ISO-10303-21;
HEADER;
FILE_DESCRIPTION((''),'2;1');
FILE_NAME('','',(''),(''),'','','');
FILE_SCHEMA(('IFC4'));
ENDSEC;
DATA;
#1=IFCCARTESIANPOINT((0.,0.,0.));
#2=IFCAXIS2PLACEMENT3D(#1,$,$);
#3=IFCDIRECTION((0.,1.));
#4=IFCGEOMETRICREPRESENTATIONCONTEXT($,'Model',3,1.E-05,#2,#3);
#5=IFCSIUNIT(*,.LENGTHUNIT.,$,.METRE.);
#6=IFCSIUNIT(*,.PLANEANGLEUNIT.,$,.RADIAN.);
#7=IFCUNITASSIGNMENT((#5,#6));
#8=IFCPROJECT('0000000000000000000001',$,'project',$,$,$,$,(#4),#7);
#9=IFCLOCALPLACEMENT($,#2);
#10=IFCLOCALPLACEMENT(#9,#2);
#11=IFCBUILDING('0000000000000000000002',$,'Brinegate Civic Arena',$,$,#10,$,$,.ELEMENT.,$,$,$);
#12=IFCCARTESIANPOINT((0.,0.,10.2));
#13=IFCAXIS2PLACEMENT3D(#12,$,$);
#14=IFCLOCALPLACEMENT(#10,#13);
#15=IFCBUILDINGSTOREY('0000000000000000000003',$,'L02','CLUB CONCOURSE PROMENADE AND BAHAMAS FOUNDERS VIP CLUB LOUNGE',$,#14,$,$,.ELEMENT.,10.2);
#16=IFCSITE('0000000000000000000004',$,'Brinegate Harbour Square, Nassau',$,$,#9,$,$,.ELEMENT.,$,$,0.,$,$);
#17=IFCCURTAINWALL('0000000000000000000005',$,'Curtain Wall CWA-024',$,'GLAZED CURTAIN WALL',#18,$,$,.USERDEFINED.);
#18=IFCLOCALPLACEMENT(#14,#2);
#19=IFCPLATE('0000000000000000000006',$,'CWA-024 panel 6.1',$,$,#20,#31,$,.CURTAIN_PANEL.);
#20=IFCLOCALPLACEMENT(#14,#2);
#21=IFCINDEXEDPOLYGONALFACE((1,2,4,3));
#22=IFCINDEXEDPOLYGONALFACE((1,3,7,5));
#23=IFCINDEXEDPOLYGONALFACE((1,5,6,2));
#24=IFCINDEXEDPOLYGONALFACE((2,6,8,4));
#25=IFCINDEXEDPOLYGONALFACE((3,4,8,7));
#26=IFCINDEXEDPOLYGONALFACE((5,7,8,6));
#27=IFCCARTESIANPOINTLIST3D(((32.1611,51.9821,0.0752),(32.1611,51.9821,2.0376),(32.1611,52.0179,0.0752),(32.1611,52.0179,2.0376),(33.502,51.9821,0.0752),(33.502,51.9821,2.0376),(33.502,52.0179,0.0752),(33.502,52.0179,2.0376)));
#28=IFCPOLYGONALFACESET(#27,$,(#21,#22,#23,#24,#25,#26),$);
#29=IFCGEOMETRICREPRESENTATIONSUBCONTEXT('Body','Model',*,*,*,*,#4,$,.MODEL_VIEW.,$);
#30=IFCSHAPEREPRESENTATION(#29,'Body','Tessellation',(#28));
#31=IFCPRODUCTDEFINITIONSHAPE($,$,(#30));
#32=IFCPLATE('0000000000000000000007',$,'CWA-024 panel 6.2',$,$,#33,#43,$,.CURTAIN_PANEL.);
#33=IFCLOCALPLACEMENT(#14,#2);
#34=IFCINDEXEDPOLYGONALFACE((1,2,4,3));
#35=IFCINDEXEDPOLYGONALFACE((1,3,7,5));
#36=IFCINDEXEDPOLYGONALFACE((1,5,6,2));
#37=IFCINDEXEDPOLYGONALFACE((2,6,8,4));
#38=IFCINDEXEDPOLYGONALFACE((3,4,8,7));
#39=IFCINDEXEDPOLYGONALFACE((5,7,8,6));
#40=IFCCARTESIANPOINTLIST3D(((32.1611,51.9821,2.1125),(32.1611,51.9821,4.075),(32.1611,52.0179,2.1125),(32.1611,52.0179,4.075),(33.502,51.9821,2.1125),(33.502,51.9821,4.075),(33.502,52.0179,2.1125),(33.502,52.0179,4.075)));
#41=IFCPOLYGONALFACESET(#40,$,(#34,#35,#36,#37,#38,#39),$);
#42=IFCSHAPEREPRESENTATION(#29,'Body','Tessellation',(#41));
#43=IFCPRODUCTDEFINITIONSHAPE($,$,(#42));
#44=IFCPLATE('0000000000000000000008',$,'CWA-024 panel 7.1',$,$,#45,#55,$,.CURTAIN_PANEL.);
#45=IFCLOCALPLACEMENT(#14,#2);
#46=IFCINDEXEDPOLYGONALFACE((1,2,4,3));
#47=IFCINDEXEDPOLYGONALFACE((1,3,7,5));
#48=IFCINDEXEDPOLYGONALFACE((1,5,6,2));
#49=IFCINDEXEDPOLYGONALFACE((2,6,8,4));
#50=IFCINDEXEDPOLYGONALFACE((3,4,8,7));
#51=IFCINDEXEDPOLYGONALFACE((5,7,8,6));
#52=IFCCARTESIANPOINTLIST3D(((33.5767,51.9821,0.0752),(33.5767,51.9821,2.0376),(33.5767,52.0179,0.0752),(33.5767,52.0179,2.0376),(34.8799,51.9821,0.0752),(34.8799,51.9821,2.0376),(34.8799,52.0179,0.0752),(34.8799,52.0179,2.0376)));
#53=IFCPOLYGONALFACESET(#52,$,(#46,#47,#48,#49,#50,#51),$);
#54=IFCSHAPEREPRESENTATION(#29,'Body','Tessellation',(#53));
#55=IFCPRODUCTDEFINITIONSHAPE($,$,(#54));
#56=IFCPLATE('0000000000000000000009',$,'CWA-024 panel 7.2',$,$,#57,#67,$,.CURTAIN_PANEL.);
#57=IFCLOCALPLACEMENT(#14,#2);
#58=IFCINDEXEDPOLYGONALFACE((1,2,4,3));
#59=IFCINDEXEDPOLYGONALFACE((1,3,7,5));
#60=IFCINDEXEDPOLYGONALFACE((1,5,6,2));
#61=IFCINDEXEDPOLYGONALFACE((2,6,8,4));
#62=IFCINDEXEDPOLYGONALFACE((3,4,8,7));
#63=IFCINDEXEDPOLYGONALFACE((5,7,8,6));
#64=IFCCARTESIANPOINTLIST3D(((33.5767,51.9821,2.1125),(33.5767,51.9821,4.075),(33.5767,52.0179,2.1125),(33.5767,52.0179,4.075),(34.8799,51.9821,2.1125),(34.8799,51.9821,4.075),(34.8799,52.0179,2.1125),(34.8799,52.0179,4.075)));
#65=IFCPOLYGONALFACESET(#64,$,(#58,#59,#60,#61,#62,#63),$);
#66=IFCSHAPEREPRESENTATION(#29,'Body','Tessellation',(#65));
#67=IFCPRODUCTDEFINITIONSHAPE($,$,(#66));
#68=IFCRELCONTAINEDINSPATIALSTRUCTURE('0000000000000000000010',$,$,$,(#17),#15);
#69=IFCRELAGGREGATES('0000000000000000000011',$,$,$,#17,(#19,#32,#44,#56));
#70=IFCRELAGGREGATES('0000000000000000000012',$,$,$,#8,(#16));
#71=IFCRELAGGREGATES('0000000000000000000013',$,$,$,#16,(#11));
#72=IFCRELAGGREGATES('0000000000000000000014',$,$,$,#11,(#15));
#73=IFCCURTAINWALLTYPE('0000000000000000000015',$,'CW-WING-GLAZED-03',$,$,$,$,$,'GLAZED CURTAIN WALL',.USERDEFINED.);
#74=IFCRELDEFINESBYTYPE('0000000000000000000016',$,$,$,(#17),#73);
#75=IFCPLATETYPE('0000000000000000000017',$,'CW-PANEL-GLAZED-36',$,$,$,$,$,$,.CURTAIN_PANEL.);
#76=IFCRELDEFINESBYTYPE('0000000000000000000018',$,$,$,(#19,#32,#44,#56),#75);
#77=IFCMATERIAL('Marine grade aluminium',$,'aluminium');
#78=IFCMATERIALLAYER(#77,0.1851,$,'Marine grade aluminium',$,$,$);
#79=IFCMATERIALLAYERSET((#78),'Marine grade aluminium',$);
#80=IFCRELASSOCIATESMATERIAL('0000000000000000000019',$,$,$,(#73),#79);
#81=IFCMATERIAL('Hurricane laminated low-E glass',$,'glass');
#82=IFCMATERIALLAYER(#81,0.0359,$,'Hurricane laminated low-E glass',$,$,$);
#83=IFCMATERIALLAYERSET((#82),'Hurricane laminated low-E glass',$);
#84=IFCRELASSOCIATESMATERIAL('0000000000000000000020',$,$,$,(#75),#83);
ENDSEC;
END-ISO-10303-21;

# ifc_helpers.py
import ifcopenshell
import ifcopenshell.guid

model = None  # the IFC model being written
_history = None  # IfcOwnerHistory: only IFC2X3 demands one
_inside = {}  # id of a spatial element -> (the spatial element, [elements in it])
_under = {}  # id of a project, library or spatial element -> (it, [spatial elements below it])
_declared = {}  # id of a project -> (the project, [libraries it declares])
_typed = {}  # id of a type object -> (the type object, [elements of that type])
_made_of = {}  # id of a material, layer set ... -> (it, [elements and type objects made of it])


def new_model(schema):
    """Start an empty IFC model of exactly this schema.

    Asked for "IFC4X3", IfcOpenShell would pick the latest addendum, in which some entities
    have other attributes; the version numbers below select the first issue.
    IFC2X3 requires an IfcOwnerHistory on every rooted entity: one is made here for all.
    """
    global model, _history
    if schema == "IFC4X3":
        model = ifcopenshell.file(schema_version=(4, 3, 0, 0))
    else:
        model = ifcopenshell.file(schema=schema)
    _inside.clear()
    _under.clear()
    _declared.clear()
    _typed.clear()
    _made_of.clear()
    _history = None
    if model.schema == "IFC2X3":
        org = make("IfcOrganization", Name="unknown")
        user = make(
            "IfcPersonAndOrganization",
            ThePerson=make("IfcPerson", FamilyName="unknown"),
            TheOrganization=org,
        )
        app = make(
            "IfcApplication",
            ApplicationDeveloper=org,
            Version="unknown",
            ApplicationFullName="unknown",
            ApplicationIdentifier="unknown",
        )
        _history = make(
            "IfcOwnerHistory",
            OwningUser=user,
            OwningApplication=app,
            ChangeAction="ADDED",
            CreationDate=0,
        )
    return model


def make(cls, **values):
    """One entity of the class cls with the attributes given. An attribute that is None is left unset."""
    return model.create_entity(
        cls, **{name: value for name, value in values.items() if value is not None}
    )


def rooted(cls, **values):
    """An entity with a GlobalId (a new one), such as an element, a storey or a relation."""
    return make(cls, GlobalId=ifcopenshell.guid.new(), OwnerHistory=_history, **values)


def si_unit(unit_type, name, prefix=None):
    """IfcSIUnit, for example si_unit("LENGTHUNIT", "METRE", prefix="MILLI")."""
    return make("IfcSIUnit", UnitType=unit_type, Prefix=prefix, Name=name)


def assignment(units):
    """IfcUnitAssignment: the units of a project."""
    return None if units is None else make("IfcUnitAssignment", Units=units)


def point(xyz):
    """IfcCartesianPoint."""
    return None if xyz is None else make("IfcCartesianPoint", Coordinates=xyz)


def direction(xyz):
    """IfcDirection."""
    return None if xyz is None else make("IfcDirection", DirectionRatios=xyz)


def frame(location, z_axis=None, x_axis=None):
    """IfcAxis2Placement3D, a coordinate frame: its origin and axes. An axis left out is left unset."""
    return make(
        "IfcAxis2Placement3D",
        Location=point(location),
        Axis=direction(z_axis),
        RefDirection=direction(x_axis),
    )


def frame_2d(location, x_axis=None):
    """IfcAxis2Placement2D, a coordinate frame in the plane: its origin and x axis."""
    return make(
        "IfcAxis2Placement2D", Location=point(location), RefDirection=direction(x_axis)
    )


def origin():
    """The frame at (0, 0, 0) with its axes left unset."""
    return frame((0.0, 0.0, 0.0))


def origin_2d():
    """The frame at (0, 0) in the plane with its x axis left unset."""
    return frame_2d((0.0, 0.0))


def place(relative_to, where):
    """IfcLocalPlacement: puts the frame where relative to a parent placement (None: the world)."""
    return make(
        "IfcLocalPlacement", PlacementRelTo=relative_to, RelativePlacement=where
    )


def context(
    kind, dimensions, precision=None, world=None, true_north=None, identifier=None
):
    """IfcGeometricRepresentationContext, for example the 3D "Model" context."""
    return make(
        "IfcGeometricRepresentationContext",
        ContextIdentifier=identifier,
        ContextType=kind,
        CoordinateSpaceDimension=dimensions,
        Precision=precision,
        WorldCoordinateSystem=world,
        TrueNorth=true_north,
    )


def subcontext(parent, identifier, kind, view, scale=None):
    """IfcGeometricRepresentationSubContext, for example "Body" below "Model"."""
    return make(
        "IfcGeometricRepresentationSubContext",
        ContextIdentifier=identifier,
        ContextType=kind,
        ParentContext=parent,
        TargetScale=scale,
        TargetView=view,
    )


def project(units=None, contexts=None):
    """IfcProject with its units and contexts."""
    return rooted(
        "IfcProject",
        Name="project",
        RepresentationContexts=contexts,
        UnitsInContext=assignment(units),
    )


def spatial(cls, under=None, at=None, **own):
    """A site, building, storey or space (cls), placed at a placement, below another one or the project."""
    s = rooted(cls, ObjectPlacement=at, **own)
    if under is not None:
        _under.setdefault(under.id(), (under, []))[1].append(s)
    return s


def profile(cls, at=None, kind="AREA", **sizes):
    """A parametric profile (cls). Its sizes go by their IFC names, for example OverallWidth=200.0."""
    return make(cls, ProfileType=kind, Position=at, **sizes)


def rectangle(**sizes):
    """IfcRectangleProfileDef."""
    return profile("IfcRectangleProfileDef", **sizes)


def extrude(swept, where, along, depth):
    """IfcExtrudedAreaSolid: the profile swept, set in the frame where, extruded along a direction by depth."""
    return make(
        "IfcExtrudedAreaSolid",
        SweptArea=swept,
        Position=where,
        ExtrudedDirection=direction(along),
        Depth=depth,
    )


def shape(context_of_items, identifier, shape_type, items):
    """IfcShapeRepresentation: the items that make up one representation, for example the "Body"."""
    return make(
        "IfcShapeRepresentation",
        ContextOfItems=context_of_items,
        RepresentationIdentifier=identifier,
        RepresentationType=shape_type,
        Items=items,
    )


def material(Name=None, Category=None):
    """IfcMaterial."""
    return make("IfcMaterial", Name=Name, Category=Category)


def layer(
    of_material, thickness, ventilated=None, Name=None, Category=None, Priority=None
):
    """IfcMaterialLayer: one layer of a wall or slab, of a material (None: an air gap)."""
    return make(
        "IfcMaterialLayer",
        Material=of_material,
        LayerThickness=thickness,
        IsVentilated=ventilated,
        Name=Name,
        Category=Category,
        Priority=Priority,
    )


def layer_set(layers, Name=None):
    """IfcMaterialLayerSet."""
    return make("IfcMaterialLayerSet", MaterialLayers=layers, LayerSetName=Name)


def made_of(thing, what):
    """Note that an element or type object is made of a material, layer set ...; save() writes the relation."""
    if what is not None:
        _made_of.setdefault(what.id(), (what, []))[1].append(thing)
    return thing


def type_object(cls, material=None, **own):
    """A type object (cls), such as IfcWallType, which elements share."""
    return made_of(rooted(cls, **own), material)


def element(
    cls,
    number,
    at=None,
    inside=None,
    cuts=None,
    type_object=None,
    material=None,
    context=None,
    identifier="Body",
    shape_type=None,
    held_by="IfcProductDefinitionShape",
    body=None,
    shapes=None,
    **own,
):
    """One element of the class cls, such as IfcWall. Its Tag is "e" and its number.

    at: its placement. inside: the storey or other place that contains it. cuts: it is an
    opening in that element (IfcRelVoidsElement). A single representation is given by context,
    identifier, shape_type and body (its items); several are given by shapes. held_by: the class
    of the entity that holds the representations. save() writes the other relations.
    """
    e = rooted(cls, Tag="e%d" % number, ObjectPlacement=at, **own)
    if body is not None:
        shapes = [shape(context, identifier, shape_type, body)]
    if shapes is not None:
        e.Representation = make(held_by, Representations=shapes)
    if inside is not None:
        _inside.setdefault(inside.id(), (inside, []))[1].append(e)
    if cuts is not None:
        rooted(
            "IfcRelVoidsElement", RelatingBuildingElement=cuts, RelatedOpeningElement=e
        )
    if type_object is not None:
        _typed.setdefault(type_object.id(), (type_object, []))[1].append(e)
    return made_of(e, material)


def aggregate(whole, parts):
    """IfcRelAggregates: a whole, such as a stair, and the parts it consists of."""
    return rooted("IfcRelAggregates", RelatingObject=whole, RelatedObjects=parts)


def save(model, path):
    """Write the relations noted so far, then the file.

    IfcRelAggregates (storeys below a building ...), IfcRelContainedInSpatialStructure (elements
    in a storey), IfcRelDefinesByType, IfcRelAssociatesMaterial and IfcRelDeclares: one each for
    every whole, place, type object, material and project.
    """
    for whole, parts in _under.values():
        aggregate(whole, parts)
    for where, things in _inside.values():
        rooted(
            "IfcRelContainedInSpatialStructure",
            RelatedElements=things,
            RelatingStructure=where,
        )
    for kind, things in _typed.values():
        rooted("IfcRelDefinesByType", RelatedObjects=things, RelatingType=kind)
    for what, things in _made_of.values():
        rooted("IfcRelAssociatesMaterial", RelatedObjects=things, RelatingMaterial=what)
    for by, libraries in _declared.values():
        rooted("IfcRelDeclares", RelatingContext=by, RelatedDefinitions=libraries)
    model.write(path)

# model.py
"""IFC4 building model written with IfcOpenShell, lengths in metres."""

from ifc_helpers import new_model, si_unit, direction, frame, origin, origin_2d, place, context, subcontext, project, spatial, rectangle, extrude, material, layer, layer_set, type_object, element, aggregate, save


model = new_model("IFC4")

# Units and contexts
model_context = context("Model", 3, precision=1e-05, world=origin(), true_north=direction((0.0, 1.0)))
body_context = subcontext(model_context, "Body", "Model", "MODEL_VIEW")
ifc_project = project(units=[si_unit("LENGTHUNIT", "METRE"), si_unit("PLANEANGLEUNIT", "RADIAN")], contexts=[model_context])

# Site, building, storey
site_placement = place(None, origin())
site = spatial("IfcSite", under=ifc_project, at=site_placement, Name="Brinegate Harbour Square, Nassau", CompositionType="ELEMENT", RefElevation=0.0)
building_placement = place(site_placement, origin())
building = spatial("IfcBuilding", under=site, at=building_placement, Name="Brinegate Civic Arena", CompositionType="ELEMENT")
storey_placement = place(building_placement, frame((0.0, 0.0, 10.2)))
storey = spatial("IfcBuildingStorey", under=building, at=storey_placement, Name="L02", Description="CLUB CONCOURSE PROMENADE AND BAHAMAS FOUNDERS VIP CLUB LOUNGE", CompositionType="ELEMENT", Elevation=10.2)

# Curtain wall
ifc_material_1 = material(Name="Marine grade aluminium", Category="aluminium")
ifc_layer_1 = layer(ifc_material_1, 0.1851, Name="Marine grade aluminium")
ifc_layer_set_1 = layer_set([ifc_layer_1], Name="Marine grade aluminium")
curtain_wall_type = type_object("IfcCurtainWallType", Name="CW-WING-GLAZED-03", ElementType="GLAZED CURTAIN WALL", PredefinedType="USERDEFINED", material=ifc_layer_set_1)
curtain_wall_1_placement = place(storey_placement, origin())
curtain_wall_1 = element("IfcCurtainWall", 1, at=curtain_wall_1_placement, inside=storey, type_object=curtain_wall_type, Name="Curtain Wall CWA-024", ObjectType="GLAZED CURTAIN WALL", PredefinedType="USERDEFINED")

# Plates
ifc_material_2 = material(Name="Hurricane laminated low-E glass", Category="glass")
ifc_layer_2 = layer(ifc_material_2, 0.0359, Name="Hurricane laminated low-E glass")
ifc_layer_set_2 = layer_set([ifc_layer_2], Name="Hurricane laminated low-E glass")
plate_type_1 = type_object("IfcPlateType", Name="CW-PANEL-GLAZED-36", PredefinedType="CURTAIN_PANEL", material=ifc_layer_set_2)
plate_1_placement = place(storey_placement, frame((32.8315, 52.0, 0.0752), z_axis=(0.0, 0.0, 1.0), x_axis=(1.0, 0.0, 0.0)))
plate_1 = element("IfcPlate", 2, at=plate_1_placement, type_object=plate_type_1, Name="CWA-024 panel 6.1", PredefinedType="CURTAIN_PANEL", context=body_context, shape_type="SweptSolid", body=[
    extrude(rectangle(XDim=1.3408, YDim=0.0359, at=origin_2d()), origin(), (0.0, 0.0, 1.0), 1.9624),
])
plate_2_placement = place(storey_placement, frame((32.8315, 52.0, 2.1125), z_axis=(0.0, 0.0, 1.0), x_axis=(1.0, 0.0, 0.0)))
plate_2 = element("IfcPlate", 3, at=plate_2_placement, type_object=plate_type_1, Name="CWA-024 panel 6.2", PredefinedType="CURTAIN_PANEL", context=body_context, shape_type="SweptSolid", body=[
    extrude(rectangle(XDim=1.3408, YDim=0.0359, at=origin_2d()), origin(), (0.0, 0.0, 1.0), 1.9624),
])
plate_3_placement = place(storey_placement, frame((34.2283, 52.0, 0.0752), z_axis=(0.0, 0.0, 1.0), x_axis=(1.0, 0.0, 0.0)))
plate_3 = element("IfcPlate", 4, at=plate_3_placement, type_object=plate_type_1, Name="CWA-024 panel 7.1", PredefinedType="CURTAIN_PANEL", context=body_context, shape_type="SweptSolid", body=[
    extrude(rectangle(XDim=1.3032, YDim=0.0359, at=origin_2d()), origin(), (0.0, 0.0, 1.0), 1.9624),
])
plate_4_placement = place(storey_placement, frame((34.2283, 52.0, 2.1125), z_axis=(0.0, 0.0, 1.0), x_axis=(1.0, 0.0, 0.0)))
plate_4 = element("IfcPlate", 5, at=plate_4_placement, type_object=plate_type_1, Name="CWA-024 panel 7.2", PredefinedType="CURTAIN_PANEL", context=body_context, shape_type="SweptSolid", body=[
    extrude(rectangle(XDim=1.3032, YDim=0.0359, at=origin_2d()), origin(), (0.0, 0.0, 1.0), 1.9624),
])
aggregate(curtain_wall_1, [plate_1, plate_2, plate_3, plate_4])

save(model, "model.ifc")
